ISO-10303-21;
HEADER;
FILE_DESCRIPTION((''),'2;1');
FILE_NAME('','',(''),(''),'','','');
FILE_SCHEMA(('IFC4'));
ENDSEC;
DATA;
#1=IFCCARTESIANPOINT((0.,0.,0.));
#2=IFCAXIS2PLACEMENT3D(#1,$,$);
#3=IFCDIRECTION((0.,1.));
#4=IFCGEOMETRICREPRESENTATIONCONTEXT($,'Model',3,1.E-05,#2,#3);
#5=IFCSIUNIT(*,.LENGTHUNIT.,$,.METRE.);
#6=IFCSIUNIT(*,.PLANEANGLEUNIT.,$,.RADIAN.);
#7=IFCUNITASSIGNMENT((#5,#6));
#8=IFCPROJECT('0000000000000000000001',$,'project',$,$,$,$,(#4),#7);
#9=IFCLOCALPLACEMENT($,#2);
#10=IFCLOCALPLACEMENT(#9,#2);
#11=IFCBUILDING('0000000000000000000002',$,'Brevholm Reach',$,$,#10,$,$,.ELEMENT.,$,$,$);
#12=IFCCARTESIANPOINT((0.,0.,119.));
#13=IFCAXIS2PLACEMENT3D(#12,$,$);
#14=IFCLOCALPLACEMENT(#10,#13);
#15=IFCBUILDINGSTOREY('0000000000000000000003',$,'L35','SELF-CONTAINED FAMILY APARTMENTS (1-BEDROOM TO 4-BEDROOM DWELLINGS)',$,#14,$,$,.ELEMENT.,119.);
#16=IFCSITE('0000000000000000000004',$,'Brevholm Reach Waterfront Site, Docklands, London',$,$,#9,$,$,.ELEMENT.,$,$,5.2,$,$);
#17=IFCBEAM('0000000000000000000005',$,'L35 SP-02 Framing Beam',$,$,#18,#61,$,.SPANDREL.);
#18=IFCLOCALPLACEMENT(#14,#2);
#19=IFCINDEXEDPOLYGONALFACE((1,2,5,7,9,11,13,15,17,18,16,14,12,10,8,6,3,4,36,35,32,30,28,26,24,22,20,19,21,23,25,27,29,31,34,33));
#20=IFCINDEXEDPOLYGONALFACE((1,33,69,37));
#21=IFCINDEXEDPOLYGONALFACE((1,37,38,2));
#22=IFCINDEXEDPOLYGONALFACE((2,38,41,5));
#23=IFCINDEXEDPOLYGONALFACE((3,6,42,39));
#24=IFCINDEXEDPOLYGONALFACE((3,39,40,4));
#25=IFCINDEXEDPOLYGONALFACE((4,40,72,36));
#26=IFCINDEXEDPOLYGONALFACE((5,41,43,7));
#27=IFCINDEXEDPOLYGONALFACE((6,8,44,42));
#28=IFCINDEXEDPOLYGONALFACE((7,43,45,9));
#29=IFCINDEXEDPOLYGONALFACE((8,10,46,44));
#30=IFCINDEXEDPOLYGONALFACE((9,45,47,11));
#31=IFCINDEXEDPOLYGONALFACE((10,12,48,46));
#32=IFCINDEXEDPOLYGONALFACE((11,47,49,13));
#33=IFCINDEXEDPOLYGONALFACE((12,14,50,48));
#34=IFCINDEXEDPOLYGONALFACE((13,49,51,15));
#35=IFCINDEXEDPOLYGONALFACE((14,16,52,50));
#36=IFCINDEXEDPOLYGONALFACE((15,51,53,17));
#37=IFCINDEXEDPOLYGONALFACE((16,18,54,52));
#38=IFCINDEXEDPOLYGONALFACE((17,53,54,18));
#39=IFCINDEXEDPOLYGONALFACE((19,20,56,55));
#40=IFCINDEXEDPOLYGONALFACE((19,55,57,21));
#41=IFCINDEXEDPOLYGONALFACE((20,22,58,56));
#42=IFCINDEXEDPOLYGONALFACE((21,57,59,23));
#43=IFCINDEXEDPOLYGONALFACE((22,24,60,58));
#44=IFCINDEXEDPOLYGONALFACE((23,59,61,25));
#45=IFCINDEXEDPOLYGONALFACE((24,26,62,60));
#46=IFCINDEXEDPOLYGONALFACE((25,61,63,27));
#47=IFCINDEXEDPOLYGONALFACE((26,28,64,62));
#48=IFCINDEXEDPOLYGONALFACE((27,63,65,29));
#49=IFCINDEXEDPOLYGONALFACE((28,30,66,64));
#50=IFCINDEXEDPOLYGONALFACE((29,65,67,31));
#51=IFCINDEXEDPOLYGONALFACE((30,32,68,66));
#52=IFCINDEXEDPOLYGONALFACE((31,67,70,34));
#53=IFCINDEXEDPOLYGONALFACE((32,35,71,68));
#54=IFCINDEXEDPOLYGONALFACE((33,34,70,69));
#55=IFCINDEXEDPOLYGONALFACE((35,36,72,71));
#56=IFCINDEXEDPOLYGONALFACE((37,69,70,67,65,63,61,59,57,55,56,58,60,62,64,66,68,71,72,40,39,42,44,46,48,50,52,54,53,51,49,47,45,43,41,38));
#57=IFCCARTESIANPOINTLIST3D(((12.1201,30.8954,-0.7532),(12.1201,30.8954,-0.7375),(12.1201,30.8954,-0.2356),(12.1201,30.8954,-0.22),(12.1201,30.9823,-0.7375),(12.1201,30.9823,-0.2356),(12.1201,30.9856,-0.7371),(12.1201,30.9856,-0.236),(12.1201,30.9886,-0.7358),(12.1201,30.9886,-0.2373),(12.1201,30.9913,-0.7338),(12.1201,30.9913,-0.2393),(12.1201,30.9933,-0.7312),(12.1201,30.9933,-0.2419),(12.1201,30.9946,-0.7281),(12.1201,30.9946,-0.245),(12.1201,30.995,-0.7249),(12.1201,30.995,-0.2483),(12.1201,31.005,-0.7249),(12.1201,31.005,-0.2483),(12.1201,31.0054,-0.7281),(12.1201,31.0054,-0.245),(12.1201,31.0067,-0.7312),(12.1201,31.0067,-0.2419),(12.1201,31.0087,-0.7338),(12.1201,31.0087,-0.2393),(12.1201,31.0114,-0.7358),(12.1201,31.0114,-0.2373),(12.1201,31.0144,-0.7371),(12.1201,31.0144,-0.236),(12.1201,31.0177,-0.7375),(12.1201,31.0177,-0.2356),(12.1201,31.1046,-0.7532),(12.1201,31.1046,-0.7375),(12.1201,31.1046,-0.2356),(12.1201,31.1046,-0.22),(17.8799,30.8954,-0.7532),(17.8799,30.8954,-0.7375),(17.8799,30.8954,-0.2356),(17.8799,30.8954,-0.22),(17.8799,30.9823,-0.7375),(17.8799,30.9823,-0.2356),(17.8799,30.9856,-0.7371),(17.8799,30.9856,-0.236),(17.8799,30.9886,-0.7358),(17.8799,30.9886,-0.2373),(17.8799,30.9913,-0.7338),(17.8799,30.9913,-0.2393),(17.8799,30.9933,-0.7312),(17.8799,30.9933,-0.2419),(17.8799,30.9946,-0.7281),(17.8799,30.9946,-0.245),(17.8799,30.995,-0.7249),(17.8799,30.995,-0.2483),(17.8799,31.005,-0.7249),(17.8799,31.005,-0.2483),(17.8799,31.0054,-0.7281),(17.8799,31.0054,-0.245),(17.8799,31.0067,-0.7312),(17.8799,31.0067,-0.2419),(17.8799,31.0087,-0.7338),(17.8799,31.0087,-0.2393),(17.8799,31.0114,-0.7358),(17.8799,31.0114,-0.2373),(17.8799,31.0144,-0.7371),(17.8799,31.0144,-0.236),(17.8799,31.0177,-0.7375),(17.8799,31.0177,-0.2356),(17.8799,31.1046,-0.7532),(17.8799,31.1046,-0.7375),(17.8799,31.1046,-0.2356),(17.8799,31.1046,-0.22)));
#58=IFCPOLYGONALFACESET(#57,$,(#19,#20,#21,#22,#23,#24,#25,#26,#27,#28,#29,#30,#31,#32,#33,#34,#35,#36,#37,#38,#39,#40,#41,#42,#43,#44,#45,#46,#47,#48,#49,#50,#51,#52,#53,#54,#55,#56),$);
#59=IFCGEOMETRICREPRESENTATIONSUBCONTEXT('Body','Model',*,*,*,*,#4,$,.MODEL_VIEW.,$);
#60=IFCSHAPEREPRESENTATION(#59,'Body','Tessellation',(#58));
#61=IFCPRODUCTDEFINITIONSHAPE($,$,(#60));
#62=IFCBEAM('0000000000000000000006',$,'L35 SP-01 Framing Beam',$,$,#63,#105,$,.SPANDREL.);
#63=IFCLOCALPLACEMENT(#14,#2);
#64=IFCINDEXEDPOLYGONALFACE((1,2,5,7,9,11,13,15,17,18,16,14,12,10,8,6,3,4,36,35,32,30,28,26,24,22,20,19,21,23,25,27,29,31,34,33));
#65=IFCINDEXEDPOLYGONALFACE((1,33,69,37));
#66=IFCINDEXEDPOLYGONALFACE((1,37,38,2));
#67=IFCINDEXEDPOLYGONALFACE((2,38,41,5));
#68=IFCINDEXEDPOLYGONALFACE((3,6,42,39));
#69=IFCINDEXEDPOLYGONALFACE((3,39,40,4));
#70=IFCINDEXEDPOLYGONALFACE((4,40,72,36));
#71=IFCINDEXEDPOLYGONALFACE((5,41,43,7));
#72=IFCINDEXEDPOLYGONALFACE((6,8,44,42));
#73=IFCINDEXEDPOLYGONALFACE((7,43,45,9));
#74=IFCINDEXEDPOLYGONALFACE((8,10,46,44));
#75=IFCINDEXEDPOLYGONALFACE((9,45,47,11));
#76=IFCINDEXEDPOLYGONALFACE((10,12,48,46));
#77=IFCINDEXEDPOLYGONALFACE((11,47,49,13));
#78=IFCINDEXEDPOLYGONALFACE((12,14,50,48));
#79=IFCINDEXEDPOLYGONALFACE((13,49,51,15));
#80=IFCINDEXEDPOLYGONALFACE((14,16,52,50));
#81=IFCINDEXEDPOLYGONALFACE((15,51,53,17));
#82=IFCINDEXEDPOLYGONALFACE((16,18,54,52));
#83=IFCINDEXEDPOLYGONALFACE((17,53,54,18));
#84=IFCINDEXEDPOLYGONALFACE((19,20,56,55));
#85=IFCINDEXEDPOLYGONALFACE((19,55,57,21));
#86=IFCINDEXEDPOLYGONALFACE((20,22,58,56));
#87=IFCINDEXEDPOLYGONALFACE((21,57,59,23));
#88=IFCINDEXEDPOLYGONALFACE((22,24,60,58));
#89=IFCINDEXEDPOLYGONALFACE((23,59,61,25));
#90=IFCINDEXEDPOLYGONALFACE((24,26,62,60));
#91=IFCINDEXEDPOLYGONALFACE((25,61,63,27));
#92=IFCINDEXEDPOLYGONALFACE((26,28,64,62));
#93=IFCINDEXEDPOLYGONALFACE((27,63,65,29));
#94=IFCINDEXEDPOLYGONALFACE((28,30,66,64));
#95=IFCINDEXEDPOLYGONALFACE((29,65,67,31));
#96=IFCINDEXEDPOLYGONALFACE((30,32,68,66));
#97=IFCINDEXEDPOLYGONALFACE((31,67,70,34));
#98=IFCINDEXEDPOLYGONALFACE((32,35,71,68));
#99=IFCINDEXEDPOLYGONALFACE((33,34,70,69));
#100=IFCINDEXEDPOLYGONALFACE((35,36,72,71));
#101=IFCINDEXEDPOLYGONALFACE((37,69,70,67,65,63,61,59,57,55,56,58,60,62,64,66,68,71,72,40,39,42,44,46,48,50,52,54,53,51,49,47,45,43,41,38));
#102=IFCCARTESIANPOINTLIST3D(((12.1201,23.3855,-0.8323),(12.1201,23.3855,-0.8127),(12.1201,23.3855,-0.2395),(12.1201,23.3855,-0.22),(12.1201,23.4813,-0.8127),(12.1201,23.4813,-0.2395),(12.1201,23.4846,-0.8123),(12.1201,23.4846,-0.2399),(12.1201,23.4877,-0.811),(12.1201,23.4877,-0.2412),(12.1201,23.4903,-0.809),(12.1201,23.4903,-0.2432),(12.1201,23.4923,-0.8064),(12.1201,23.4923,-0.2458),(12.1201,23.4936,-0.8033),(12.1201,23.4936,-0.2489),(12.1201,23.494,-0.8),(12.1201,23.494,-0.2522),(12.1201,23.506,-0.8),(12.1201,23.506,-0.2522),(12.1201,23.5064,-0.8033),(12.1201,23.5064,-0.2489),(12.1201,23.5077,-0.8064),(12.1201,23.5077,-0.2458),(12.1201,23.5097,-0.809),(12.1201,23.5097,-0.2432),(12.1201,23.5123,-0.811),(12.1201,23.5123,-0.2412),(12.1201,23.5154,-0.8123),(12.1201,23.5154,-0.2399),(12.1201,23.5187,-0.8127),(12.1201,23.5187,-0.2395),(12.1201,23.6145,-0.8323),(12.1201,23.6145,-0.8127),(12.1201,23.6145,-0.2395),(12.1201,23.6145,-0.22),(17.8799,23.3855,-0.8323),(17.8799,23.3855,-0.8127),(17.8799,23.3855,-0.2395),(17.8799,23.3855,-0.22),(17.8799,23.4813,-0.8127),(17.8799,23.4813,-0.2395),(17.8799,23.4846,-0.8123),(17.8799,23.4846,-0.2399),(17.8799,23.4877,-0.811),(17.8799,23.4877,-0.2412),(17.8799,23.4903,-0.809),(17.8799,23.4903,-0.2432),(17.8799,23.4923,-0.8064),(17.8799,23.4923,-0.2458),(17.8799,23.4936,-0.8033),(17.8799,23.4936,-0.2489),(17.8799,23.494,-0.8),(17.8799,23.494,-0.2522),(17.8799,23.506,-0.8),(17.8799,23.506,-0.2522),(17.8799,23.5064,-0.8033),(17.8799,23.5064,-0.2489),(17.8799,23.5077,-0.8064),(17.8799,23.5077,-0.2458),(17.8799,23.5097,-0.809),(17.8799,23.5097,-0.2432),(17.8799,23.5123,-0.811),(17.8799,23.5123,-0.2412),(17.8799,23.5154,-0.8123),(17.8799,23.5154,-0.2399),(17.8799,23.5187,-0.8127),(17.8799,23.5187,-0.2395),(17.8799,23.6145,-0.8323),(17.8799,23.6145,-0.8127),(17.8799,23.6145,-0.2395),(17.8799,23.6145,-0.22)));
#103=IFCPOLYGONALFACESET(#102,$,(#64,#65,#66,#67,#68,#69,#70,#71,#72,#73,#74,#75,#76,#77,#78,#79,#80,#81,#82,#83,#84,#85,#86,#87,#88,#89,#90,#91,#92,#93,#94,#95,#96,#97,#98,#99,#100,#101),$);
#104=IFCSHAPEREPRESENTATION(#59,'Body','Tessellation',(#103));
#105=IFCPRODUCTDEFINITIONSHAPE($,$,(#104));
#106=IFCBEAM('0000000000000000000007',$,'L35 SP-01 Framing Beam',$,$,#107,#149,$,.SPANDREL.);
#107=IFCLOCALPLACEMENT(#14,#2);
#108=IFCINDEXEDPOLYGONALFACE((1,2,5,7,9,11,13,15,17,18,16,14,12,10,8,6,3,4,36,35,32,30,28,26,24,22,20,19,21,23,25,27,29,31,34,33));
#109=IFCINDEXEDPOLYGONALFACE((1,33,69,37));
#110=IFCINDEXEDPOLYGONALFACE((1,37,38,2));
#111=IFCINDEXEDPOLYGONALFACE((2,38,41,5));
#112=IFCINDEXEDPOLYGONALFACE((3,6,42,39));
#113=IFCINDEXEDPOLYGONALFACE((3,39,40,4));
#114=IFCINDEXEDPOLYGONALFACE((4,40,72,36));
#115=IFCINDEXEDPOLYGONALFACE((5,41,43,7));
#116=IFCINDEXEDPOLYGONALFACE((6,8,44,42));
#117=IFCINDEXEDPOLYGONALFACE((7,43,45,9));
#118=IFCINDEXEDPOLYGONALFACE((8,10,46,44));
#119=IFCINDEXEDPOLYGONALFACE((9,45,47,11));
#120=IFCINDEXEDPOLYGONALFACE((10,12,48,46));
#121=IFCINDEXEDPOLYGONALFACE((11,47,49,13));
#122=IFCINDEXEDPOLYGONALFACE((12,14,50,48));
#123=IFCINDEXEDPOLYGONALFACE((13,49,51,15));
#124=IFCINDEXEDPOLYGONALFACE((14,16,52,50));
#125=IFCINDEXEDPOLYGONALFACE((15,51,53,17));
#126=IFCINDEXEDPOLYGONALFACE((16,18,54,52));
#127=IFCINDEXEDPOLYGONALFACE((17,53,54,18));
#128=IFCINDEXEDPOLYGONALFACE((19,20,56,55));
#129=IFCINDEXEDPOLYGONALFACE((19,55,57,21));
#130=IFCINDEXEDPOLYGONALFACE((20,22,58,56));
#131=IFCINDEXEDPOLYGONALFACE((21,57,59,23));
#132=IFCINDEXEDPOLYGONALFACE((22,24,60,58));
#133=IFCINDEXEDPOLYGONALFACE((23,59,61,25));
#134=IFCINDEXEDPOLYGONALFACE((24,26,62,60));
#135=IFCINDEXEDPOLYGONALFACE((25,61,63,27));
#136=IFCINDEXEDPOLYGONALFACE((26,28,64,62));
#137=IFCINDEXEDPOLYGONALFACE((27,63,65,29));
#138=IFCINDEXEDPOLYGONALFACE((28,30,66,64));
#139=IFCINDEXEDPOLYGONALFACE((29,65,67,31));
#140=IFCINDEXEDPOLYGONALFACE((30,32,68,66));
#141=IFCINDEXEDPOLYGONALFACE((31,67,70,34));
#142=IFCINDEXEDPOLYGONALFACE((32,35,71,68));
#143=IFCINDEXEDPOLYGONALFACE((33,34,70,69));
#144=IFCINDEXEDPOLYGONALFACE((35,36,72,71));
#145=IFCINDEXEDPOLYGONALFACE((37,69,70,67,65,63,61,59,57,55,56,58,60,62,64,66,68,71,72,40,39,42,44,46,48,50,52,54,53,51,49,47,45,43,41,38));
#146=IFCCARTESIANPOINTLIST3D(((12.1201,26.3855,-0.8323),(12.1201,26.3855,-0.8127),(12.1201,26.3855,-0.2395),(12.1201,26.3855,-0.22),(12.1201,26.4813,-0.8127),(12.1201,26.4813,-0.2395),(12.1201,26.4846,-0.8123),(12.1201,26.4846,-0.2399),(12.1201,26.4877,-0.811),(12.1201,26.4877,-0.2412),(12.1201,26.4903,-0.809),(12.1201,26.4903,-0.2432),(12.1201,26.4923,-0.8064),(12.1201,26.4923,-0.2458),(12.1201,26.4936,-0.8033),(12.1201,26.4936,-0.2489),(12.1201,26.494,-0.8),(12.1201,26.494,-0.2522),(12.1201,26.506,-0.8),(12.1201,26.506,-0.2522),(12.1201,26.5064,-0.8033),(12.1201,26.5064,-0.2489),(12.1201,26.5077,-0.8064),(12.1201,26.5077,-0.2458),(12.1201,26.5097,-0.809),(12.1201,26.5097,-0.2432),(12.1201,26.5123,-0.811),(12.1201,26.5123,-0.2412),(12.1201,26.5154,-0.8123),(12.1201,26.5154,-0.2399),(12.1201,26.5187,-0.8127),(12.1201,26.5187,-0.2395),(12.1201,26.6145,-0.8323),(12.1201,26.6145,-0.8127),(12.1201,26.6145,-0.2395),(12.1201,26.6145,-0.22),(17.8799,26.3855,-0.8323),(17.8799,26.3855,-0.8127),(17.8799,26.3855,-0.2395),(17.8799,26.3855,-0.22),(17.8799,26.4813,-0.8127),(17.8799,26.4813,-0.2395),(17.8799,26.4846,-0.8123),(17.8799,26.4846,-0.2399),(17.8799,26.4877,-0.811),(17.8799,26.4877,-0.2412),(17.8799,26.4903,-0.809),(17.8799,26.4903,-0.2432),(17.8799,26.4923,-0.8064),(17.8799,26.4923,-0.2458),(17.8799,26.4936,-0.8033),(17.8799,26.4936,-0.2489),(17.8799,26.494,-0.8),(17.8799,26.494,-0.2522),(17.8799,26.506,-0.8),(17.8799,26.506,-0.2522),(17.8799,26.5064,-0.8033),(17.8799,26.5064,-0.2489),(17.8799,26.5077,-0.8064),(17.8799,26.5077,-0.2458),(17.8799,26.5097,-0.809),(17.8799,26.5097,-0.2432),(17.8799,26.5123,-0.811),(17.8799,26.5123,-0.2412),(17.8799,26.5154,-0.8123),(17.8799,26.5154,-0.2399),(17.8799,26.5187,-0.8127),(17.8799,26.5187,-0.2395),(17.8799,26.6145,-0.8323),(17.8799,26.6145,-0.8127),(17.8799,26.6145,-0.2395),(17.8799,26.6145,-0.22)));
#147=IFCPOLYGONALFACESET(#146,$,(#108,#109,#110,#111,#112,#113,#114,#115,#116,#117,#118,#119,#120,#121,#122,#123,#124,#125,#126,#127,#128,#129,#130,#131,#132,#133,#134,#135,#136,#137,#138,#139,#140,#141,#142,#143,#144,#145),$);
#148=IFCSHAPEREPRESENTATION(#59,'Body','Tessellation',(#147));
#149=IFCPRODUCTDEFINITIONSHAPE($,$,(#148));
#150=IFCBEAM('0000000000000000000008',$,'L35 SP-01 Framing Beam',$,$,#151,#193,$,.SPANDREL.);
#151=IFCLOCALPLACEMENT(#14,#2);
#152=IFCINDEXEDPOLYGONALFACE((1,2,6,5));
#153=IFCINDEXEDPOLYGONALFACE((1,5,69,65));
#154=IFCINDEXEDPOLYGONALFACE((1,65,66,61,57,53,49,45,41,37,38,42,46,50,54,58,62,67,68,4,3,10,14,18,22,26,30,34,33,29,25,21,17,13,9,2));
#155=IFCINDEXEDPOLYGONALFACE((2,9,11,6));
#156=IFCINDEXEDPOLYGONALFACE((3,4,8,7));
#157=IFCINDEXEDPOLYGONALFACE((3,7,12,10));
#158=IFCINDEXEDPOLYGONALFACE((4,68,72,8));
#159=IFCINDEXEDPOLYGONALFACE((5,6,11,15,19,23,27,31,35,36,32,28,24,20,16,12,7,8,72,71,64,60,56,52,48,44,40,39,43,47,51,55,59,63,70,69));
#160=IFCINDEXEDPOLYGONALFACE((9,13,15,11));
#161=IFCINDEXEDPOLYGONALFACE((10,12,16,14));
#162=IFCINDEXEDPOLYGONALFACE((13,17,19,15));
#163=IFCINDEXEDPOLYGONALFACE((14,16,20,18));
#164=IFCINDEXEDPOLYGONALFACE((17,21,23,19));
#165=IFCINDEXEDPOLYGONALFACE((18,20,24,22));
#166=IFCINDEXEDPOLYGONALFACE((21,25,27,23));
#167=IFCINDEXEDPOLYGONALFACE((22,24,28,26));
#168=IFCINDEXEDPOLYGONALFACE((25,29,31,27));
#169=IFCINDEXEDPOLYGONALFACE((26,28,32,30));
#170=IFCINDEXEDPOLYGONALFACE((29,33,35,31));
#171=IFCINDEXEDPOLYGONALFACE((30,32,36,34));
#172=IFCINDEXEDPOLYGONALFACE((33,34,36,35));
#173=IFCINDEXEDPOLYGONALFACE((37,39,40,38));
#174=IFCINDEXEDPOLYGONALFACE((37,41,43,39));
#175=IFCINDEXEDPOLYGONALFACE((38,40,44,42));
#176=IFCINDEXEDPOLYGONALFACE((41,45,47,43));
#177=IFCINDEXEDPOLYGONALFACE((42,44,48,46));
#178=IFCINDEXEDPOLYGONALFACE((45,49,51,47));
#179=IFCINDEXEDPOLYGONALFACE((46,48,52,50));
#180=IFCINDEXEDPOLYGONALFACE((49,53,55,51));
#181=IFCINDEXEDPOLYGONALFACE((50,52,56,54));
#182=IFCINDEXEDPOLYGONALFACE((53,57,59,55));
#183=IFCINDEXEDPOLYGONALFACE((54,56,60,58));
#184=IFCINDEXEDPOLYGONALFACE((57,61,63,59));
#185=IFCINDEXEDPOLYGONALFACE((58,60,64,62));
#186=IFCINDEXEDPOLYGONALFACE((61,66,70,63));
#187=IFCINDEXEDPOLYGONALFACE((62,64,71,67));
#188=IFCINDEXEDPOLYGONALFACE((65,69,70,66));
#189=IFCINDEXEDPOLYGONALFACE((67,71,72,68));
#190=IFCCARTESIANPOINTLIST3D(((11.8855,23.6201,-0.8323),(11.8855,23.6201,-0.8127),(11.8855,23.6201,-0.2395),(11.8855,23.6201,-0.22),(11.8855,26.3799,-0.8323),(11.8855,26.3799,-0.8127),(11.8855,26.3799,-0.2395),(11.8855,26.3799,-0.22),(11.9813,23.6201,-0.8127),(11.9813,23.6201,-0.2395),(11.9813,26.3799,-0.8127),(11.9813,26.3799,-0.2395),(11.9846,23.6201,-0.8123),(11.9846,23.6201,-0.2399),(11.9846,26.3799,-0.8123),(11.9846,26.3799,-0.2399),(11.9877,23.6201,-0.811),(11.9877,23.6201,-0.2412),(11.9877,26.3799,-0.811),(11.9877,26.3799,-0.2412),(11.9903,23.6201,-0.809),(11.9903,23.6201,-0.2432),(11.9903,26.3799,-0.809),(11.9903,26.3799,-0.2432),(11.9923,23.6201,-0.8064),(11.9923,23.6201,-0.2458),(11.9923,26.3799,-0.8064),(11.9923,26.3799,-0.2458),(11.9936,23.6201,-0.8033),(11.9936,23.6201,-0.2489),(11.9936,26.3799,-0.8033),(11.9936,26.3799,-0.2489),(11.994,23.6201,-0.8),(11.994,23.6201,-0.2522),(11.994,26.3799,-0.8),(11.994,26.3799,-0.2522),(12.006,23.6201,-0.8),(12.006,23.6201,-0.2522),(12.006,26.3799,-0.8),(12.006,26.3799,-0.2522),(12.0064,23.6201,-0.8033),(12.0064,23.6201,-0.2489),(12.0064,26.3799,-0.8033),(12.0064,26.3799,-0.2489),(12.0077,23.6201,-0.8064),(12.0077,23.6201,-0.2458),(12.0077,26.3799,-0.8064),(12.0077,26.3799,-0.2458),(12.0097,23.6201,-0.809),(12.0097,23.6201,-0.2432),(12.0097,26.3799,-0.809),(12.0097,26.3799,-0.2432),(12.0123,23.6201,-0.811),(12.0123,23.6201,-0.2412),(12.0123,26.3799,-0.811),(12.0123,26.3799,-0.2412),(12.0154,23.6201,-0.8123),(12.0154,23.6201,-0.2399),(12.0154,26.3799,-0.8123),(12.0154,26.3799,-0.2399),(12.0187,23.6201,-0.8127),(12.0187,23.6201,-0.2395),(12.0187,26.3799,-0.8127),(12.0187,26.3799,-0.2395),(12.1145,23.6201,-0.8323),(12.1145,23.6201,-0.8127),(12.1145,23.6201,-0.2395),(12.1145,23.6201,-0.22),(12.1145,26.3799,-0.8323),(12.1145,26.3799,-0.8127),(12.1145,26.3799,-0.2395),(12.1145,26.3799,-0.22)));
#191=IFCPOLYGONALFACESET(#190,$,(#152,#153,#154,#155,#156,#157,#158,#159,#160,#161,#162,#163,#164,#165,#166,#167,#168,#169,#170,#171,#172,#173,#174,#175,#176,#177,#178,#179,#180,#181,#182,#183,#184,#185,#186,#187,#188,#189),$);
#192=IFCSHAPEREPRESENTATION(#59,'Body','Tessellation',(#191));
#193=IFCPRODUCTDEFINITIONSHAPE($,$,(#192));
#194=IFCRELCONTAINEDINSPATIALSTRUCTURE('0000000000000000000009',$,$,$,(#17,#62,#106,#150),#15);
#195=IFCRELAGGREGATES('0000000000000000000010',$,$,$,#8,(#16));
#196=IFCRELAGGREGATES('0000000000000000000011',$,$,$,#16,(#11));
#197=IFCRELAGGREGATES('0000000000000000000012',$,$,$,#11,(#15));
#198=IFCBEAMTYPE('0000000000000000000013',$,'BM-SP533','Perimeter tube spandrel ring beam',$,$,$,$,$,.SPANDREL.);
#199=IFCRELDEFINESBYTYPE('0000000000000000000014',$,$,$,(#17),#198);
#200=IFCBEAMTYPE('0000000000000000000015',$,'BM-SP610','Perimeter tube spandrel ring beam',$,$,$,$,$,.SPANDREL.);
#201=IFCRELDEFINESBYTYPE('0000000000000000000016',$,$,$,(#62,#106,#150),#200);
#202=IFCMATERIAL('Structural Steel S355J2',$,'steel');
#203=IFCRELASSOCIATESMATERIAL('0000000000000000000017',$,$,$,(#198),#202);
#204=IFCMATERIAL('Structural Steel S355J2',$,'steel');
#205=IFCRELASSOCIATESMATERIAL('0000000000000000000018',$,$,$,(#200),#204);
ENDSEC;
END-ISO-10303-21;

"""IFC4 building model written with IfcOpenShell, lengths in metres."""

from ifc_helpers import new_model, si_unit, direction, frame, origin, origin_2d, place, context, subcontext, project, spatial, i_section, extrude, material, material_profile, profile_set, type_object, element, save


model = new_model("IFC4")

# Units and contexts
model_context = context("Model", 3, precision=1e-05, world=origin(), true_north=direction((0.0, 1.0)))
body_context = subcontext(model_context, "Body", "Model", "MODEL_VIEW")
ifc_project = project(units=[si_unit("LENGTHUNIT", "METRE"), si_unit("PLANEANGLEUNIT", "RADIAN")], contexts=[model_context])

# Site, building, storey
site_placement = place(None, origin())
site = spatial("IfcSite", under=ifc_project, at=site_placement, Name="Brevholm Reach Waterfront Site, Docklands, London", CompositionType="ELEMENT", RefElevation=5.2)
building_placement = place(site_placement, origin())
building = spatial("IfcBuilding", under=site, at=building_placement, Name="Brevholm Reach", CompositionType="ELEMENT")
storey_placement = place(building_placement, frame((0.0, 0.0, 119.0)))
storey = spatial("IfcBuildingStorey", under=building, at=storey_placement, Name="L35", Description="SELF-CONTAINED FAMILY APARTMENTS (1-BEDROOM TO 4-BEDROOM DWELLINGS)", CompositionType="ELEMENT", Elevation=119.0)

# Beams
ifc_material_1 = material(Name="Structural Steel S355J2", Category="steel")
ifc_material_profile_1 = material_profile(ifc_material_1, i_section(OverallWidth=0.2092, OverallDepth=0.5332, WebThickness=0.01, FlangeThickness=0.0156, FilletRadius=0.0127, at=origin_2d()), Name="UKB 533x210x92")
ifc_profile_set_1 = profile_set([ifc_material_profile_1], Name="Structural Steel S355J2")
beam_type_1 = type_object("IfcBeamType", Name="BM-SP533", Description="Perimeter tube spandrel ring beam", PredefinedType="SPANDREL", material=ifc_profile_set_1)
beam_1_placement = place(storey_placement, frame((12.1201, 31.0, -0.4866), z_axis=(1.0, 0.0, 0.0), x_axis=(0.0, 1.0, 0.0)))
element("IfcBeam", 1, at=beam_1_placement, inside=storey, type_object=beam_type_1, Name="L35 SP-02 Framing Beam", PredefinedType="SPANDREL", context=body_context, shape_type="SweptSolid", body=[
    extrude(i_section(OverallWidth=0.2092, OverallDepth=0.5332, WebThickness=0.01, FlangeThickness=0.0156, FilletRadius=0.0127, at=origin_2d()), origin(), (0.0, 0.0, 1.0), 5.7598),
])
ifc_material_2 = material(Name="Structural Steel S355J2", Category="steel")
ifc_material_profile_2 = material_profile(ifc_material_2, i_section(OverallWidth=0.229, OverallDepth=0.6123, WebThickness=0.012, FlangeThickness=0.0195, FilletRadius=0.0127, at=origin_2d()), Name="UKB 610x229x125")
ifc_profile_set_2 = profile_set([ifc_material_profile_2], Name="Structural Steel S355J2")
beam_type_2 = type_object("IfcBeamType", Name="BM-SP610", Description="Perimeter tube spandrel ring beam", PredefinedType="SPANDREL", material=ifc_profile_set_2)
for number, where, z_axis, x_axis, name in (
    (2, (12.1201, 23.5, -0.5261), (1.0, 0.0, 0.0), (0.0, 1.0, 0.0), "L35 SP-01 Framing Beam"),
    (3, (12.1201, 26.5, -0.5261), (1.0, 0.0, 0.0), (0.0, 1.0, 0.0), "L35 SP-01 Framing Beam"),
):
    element("IfcBeam", number, at=place(storey_placement, frame(where, z_axis=z_axis, x_axis=x_axis)), inside=storey, type_object=beam_type_2, Name=name, PredefinedType="SPANDREL", context=body_context, shape_type="SweptSolid", body=[
        extrude(i_section(OverallWidth=0.229, OverallDepth=0.6123, WebThickness=0.012, FlangeThickness=0.0195, FilletRadius=0.0127, at=origin_2d()), origin(), (0.0, 0.0, 1.0), 5.7598),
    ])
beam_2_placement = place(storey_placement, frame((12.0, 23.6201, -0.5261), z_axis=(0.0, 1.0, 0.0), x_axis=(-1.0, 0.0, 0.0)))
element("IfcBeam", 4, at=beam_2_placement, inside=storey, type_object=beam_type_2, Name="L35 SP-01 Framing Beam", PredefinedType="SPANDREL", context=body_context, shape_type="SweptSolid", body=[
    extrude(i_section(OverallWidth=0.229, OverallDepth=0.6123, WebThickness=0.012, FlangeThickness=0.0195, FilletRadius=0.0127, at=origin_2d()), origin(), (0.0, 0.0, 1.0), 2.7598),
])

save(model, "model.ifc")
